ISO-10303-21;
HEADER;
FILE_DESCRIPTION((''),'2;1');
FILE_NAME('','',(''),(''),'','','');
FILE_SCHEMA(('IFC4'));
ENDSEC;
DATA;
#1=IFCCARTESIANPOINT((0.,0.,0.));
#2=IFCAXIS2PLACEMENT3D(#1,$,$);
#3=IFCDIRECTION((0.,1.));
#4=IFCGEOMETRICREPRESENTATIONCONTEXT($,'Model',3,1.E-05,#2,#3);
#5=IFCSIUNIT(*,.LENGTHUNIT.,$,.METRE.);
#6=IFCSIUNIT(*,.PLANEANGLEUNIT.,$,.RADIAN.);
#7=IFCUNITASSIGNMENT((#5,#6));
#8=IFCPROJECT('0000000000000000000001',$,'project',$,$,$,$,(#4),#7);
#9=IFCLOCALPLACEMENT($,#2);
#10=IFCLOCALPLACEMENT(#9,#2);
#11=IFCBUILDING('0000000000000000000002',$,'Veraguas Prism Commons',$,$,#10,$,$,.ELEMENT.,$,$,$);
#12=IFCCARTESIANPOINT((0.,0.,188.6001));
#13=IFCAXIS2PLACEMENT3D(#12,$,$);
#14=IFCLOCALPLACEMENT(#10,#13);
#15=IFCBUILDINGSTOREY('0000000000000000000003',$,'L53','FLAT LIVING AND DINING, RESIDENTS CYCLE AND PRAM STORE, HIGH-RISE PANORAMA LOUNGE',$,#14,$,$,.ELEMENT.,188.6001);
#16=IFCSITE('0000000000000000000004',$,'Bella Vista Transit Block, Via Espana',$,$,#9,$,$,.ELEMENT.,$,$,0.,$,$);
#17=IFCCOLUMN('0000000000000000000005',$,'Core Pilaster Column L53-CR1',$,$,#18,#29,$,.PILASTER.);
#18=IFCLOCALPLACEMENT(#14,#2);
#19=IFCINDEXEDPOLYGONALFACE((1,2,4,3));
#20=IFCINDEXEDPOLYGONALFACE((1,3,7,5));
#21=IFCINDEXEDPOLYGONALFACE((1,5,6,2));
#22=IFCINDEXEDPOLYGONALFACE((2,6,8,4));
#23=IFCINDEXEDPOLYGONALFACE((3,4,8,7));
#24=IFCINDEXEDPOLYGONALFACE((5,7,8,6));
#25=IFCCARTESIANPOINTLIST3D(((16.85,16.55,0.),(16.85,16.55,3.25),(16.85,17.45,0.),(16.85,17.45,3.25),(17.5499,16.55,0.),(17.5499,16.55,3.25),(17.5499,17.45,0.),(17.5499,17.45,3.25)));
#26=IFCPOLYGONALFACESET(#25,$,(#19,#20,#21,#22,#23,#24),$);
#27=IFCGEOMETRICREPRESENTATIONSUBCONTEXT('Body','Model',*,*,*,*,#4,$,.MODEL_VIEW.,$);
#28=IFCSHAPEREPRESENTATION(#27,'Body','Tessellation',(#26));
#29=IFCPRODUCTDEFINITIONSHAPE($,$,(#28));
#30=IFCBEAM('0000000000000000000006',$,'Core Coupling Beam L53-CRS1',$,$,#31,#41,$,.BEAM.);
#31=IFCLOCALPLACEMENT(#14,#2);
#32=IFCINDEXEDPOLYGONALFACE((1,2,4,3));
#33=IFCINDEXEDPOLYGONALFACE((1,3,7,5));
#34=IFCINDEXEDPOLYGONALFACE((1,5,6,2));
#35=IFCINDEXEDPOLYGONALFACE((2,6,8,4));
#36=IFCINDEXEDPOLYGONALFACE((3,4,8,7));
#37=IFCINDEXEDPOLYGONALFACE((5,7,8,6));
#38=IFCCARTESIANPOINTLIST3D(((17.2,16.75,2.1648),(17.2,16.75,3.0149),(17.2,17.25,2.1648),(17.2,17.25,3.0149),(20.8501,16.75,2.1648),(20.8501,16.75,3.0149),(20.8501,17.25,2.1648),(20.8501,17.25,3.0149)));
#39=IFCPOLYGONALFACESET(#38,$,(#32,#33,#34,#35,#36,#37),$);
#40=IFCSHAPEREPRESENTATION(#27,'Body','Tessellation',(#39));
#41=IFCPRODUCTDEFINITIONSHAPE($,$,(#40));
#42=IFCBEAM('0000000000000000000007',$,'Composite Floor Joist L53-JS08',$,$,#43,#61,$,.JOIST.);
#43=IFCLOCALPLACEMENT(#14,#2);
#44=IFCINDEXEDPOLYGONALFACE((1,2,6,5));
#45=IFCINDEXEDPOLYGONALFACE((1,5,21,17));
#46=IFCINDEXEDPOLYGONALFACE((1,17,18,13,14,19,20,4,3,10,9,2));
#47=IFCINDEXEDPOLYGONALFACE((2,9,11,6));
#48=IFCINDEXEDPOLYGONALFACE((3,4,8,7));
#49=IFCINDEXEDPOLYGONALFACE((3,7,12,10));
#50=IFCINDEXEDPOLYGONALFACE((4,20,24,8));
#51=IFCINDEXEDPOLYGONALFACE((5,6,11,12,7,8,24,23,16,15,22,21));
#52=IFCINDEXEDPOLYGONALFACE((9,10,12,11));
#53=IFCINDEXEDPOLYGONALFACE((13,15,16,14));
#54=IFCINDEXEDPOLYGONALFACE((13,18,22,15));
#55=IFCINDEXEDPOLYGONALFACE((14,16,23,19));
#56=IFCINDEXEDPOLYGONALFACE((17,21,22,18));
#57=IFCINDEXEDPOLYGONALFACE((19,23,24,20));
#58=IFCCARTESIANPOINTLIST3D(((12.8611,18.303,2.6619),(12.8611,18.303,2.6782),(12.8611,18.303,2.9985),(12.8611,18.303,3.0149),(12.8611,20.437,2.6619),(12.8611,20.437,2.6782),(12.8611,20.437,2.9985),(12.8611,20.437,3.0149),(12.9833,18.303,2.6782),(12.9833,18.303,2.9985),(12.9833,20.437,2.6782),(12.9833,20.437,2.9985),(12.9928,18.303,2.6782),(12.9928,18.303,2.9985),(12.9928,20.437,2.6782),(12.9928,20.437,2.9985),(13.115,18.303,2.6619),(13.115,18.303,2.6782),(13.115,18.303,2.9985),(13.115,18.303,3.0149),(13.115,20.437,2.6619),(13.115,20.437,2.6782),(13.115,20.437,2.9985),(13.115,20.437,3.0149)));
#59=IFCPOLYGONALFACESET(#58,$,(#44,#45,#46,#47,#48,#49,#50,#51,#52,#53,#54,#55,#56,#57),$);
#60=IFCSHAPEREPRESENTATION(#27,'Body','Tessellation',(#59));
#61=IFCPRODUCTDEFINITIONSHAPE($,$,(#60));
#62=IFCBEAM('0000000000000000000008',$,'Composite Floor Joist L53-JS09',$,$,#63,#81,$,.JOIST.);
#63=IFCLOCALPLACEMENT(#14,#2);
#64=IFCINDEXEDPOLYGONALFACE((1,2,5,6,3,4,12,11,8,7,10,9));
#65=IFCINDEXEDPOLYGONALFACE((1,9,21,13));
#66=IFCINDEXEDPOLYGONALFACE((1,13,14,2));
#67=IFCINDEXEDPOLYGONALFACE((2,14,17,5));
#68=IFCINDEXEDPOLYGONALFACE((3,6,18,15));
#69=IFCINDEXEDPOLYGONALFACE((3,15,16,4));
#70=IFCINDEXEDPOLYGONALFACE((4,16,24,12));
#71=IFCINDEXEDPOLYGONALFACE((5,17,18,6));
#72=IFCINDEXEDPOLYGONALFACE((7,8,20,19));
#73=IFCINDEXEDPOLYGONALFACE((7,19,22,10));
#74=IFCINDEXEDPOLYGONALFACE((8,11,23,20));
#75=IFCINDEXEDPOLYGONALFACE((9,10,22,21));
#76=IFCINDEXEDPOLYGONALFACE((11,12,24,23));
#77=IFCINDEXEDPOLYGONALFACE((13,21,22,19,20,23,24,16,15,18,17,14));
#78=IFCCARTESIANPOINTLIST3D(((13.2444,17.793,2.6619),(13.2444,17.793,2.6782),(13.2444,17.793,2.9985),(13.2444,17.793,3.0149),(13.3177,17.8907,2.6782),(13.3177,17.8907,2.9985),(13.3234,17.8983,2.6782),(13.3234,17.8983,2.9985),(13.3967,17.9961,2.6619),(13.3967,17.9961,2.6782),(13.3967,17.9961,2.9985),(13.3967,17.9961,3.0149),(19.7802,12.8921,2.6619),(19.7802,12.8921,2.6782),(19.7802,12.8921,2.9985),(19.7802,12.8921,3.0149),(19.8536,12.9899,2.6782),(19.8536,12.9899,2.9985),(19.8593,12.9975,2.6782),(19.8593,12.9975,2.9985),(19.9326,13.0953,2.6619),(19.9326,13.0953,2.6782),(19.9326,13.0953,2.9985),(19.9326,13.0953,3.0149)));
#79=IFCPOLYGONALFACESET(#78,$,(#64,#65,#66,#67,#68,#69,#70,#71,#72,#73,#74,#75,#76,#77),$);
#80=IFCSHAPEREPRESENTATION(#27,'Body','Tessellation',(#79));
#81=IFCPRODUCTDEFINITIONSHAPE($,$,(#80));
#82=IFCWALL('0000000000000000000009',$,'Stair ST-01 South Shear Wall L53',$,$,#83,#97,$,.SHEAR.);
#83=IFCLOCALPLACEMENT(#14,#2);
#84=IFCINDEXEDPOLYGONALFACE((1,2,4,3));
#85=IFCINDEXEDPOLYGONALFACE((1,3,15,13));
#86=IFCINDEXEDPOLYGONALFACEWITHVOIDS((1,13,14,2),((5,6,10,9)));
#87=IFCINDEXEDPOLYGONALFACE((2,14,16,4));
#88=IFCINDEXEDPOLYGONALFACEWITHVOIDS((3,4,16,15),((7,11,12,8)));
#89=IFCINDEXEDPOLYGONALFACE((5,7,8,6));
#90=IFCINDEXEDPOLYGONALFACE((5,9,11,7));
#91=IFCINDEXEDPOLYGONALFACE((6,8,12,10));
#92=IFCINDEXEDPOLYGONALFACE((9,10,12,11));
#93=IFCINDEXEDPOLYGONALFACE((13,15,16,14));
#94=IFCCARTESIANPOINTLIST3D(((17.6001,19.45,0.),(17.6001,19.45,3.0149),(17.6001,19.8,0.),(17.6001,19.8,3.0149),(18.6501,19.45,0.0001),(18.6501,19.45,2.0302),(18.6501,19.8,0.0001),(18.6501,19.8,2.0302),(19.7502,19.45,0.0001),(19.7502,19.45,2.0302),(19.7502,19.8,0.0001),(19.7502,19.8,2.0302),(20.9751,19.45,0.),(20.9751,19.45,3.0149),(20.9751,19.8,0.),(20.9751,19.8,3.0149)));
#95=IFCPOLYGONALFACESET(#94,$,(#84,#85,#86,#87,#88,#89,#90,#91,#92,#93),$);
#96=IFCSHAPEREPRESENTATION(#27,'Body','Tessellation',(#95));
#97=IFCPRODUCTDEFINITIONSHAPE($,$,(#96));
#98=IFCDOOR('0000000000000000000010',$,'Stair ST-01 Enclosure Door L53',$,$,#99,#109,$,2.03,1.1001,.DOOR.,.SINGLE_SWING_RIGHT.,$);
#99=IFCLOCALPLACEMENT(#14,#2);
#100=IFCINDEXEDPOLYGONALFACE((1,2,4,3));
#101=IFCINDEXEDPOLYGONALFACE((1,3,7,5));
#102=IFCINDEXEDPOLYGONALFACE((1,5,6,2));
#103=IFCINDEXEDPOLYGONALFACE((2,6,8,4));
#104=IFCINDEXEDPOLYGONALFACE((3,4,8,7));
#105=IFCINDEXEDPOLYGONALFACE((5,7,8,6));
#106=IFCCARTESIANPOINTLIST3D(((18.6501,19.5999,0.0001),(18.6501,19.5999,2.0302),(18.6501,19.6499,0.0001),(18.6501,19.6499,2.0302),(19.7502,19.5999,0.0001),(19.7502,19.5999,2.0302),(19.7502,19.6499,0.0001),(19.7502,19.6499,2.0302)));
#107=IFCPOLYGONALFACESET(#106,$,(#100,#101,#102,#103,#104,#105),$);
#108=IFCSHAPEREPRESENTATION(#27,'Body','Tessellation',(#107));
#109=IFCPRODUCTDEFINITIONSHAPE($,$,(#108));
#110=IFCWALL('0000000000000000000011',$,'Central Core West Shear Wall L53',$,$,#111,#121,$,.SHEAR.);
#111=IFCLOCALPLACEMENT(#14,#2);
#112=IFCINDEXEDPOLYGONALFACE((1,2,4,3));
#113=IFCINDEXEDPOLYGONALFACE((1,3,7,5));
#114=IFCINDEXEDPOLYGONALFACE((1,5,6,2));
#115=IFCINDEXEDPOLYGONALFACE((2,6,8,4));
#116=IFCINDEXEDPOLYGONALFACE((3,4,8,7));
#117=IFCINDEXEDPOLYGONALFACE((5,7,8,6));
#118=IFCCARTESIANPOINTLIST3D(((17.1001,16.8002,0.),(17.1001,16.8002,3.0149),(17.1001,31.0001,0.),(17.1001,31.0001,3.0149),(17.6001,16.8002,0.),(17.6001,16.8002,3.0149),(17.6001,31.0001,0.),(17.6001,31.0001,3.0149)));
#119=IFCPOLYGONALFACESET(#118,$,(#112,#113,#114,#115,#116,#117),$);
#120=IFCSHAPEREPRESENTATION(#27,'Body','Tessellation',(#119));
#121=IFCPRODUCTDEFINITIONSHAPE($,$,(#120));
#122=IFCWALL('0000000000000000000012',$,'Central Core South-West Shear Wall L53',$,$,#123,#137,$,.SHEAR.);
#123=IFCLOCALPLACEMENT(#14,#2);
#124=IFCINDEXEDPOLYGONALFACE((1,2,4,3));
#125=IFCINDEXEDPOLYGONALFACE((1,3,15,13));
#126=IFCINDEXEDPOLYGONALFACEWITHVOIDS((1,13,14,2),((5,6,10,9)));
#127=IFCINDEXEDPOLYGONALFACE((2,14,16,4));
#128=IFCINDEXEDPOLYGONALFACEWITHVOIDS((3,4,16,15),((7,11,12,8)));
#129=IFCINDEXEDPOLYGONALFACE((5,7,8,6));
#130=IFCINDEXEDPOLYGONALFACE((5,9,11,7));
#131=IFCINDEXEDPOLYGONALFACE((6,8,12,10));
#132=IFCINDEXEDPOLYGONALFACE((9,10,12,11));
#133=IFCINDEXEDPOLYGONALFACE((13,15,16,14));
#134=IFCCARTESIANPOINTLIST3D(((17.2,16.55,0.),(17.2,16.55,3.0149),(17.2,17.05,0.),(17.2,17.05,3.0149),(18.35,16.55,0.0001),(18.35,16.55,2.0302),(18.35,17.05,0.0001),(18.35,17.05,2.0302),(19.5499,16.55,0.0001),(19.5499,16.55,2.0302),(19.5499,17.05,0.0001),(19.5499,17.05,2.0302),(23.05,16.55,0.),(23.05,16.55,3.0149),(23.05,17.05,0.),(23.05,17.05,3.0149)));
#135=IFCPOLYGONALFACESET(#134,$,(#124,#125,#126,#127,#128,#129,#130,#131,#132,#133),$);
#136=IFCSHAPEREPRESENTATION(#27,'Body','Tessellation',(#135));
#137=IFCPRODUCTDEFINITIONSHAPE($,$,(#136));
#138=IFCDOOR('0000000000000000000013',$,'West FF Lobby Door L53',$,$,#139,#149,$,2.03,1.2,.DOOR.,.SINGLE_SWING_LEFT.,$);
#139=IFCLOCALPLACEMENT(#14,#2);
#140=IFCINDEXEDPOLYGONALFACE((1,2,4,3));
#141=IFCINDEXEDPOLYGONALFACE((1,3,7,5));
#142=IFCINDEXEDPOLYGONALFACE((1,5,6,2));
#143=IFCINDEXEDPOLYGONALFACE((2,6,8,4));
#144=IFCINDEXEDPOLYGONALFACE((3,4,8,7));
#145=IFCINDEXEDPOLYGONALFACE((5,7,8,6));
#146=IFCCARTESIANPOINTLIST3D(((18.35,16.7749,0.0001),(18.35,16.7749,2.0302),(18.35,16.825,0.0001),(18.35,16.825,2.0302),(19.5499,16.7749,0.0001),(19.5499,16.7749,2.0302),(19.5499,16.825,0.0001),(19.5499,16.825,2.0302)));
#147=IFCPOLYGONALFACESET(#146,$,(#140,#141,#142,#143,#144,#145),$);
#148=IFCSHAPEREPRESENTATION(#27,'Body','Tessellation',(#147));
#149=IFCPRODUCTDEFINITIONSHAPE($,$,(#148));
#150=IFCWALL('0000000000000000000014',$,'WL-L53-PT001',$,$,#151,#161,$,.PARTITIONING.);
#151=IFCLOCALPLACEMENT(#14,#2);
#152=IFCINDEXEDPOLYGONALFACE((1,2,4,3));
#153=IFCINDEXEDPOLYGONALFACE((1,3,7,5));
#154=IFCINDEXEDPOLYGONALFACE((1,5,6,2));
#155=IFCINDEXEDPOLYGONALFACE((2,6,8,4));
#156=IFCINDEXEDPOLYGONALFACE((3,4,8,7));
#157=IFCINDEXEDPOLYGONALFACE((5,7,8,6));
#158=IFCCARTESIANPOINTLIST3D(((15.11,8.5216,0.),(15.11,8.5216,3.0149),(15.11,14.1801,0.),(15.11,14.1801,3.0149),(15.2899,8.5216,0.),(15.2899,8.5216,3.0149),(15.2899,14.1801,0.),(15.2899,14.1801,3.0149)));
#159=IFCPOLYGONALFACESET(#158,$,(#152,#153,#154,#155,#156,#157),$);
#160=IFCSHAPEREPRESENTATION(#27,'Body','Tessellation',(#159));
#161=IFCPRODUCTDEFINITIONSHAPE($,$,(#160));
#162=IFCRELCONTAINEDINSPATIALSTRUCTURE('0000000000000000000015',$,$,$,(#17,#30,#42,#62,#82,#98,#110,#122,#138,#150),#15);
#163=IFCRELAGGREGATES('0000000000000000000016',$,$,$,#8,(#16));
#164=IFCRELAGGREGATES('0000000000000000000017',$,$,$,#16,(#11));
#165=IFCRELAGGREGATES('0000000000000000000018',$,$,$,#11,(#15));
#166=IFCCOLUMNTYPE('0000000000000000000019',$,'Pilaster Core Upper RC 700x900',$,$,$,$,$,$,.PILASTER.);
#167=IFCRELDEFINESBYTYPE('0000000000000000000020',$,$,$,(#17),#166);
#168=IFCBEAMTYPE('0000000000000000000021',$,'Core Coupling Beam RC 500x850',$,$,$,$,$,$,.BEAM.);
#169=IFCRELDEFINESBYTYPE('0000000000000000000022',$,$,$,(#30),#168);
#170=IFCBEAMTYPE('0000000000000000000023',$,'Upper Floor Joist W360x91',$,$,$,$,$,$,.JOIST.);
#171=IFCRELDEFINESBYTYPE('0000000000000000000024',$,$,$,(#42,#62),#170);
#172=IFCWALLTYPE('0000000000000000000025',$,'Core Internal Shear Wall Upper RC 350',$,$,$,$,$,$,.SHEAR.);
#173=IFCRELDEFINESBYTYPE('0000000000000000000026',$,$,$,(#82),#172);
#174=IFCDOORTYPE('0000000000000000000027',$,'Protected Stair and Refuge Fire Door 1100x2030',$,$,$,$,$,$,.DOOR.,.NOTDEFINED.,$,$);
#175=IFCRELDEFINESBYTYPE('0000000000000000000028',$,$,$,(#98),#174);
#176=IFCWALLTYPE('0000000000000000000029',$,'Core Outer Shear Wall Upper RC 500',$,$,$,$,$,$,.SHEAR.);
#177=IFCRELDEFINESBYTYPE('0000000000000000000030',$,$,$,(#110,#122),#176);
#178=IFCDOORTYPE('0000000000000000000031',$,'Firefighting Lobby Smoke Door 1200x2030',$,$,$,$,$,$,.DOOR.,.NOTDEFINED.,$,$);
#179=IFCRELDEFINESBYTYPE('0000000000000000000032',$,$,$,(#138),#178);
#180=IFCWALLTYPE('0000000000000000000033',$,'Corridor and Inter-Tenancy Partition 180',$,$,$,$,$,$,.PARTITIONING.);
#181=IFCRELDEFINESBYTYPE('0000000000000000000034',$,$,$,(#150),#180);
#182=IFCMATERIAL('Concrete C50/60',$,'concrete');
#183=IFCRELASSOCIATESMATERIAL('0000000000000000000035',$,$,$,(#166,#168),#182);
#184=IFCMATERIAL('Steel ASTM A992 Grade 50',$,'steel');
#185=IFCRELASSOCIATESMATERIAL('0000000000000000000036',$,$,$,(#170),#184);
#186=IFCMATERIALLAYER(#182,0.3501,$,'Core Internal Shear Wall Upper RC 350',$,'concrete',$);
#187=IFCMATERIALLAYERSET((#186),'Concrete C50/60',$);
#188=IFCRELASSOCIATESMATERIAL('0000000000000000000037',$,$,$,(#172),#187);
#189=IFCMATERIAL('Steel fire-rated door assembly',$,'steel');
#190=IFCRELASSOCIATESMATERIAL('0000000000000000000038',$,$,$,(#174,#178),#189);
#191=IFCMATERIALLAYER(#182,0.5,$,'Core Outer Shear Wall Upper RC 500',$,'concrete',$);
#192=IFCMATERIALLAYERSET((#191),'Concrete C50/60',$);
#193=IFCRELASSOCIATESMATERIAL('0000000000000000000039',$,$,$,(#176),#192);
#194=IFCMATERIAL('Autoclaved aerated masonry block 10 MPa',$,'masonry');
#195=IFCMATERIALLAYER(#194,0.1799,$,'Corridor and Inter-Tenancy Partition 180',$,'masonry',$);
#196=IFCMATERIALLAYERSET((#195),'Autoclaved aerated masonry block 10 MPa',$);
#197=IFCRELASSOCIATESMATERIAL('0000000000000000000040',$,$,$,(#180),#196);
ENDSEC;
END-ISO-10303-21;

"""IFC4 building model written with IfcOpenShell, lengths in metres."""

from ifc_helpers import new_model, si_unit, direction, frame, frame_2d, origin, origin_2d, place, context, subcontext, project, spatial, rectangle, i_section, extrude, source, transform, mapped, material, layer, layer_set, material_profile, profile_set, type_object, element, fill, save


model = new_model("IFC4")

# Units and contexts
model_context = context("Model", 3, precision=1e-05, world=origin(), true_north=direction((0.0, 1.0)))
body_context = subcontext(model_context, "Body", "Model", "MODEL_VIEW")
ifc_project = project(units=[si_unit("LENGTHUNIT", "METRE"), si_unit("PLANEANGLEUNIT", "RADIAN")], contexts=[model_context])

# Site, building, storey
site_placement = place(None, origin())
site = spatial("IfcSite", under=ifc_project, at=site_placement, Name="Bella Vista Transit Block, Via Espana", CompositionType="ELEMENT", RefElevation=0.0)
building_placement = place(site_placement, origin())
building = spatial("IfcBuilding", under=site, at=building_placement, Name="Veraguas Prism Commons", CompositionType="ELEMENT")
storey_placement = place(building_placement, frame((0.0, 0.0, 188.6001)))
storey = spatial("IfcBuildingStorey", under=building, at=storey_placement, Name="L53", Description="FLAT LIVING AND DINING, RESIDENTS CYCLE AND PRAM STORE, HIGH-RISE PANORAMA LOUNGE", CompositionType="ELEMENT", Elevation=188.6001)

# Column
ifc_material_1 = material(Name="Concrete C50/60", Category="concrete")
ifc_material_profile_1 = material_profile(ifc_material_1, rectangle(XDim=0.7, YDim=0.8999, at=origin_2d()), Name="RC700X900")
ifc_profile_set_1 = profile_set([ifc_material_profile_1], Name="Concrete C50/60")
column_type = type_object("IfcColumnType", Name="Pilaster Core Upper RC 700x900", PredefinedType="PILASTER", material=ifc_profile_set_1)
column_placement = place(storey_placement, frame((17.2, 17.0, 0.0), z_axis=(0.0, 0.0, 1.0), x_axis=(1.0, 0.0, 0.0)))
element("IfcColumn", 1, at=column_placement, inside=storey, type_object=column_type, Name="Core Pilaster Column L53-CR1", PredefinedType="PILASTER", context=body_context, shape_type="SweptSolid", body=[
    extrude(rectangle(XDim=0.7, YDim=0.8999, at=origin_2d()), origin(), (0.0, 0.0, 1.0), 3.25),
])

# Beams
ifc_material_profile_2 = material_profile(ifc_material_1, rectangle(XDim=0.5, YDim=0.8501, at=origin_2d()), Name="RC500X850")
ifc_profile_set_2 = profile_set([ifc_material_profile_2], Name="Concrete C50/60")
beam_type_1 = type_object("IfcBeamType", Name="Core Coupling Beam RC 500x850", PredefinedType="BEAM", material=ifc_profile_set_2)
beam_1_placement = place(storey_placement, frame((17.2, 17.0, 2.5898), z_axis=(1.0, 0.0, 0.0), x_axis=(0.0, 1.0, 0.0)))
element("IfcBeam", 2, at=beam_1_placement, inside=storey, type_object=beam_type_1, Name="Core Coupling Beam L53-CRS1", PredefinedType="BEAM", context=body_context, shape_type="SweptSolid", body=[
    extrude(rectangle(XDim=0.5, YDim=0.8501, at=origin_2d()), origin(), (0.0, 0.0, 1.0), 3.6501),
])
ifc_material_2 = material(Name="Steel ASTM A992 Grade 50", Category="steel")
ifc_material_profile_3 = material_profile(ifc_material_2, i_section(OverallWidth=0.2539, OverallDepth=0.353, WebThickness=0.0095, FlangeThickness=0.0164, at=origin_2d()), Name="W360X91")
ifc_profile_set_3 = profile_set([ifc_material_profile_3], Name="Steel ASTM A992 Grade 50")
beam_type_2 = type_object("IfcBeamType", Name="Upper Floor Joist W360x91", PredefinedType="JOIST", material=ifc_profile_set_3)
beam_2_placement = place(storey_placement, frame((12.988, 20.437, 2.8384), z_axis=(0.0, -1.0, 0.0), x_axis=(1.0, 0.0, 0.0)))
element("IfcBeam", 3, at=beam_2_placement, inside=storey, type_object=beam_type_2, Name="Composite Floor Joist L53-JS08", PredefinedType="JOIST", context=body_context, shape_type="SweptSolid", body=[
    extrude(i_section(OverallWidth=0.2539, OverallDepth=0.353, WebThickness=0.0095, FlangeThickness=0.0164, at=origin_2d()), origin(), (0.0, 0.0, 1.0), 2.134),
])
beam_3_placement = place(storey_placement, frame((13.3206, 17.8945, 2.8384), z_axis=(0.800061, -0.599919, 0.0), x_axis=(0.599919, 0.800061, 0.0)))
element("IfcBeam", 4, at=beam_3_placement, inside=storey, type_object=beam_type_2, Name="Composite Floor Joist L53-JS09", PredefinedType="JOIST", context=body_context, shape_type="SweptSolid", body=[
    extrude(i_section(OverallWidth=0.2539, OverallDepth=0.353, WebThickness=0.0095, FlangeThickness=0.0164, at=origin_2d()), origin(), (0.0, 0.0, 1.0), 8.1692),
])

# Wall, opening, door
ifc_layer_1 = layer(ifc_material_1, 0.3501, Name="Core Internal Shear Wall Upper RC 350", Category="concrete")
ifc_layer_set_1 = layer_set([ifc_layer_1], Name="Concrete C50/60")
wall_type_1 = type_object("IfcWallType", Name="Core Internal Shear Wall Upper RC 350", PredefinedType="SHEAR", material=ifc_layer_set_1)
wall_1_placement = place(storey_placement, frame((17.6001, 19.625, 0.0), z_axis=(0.0, 0.0, 1.0), x_axis=(1.0, 0.0, 0.0)))
wall_1 = element("IfcWall", 5, at=wall_1_placement, inside=storey, type_object=wall_type_1, Name="Stair ST-01 South Shear Wall L53", PredefinedType="SHEAR", context=body_context, shape_type="SweptSolid", body=[
    extrude(rectangle(XDim=3.375, YDim=0.3501, at=frame_2d((1.6875, 0.0))), origin(), (0.0, 0.0, 1.0), 3.0149),
])
opening_1_placement = place(wall_1_placement, frame((1.05, 0.0, 0.0)))
opening_1 = element("IfcOpeningElement", 6, at=opening_1_placement, cuts=wall_1, PredefinedType="OPENING", context=body_context, shape_type="SweptSolid", body=[
    extrude(rectangle(XDim=1.1001, YDim=2.03, at=frame_2d((0.55, 1.0151))), frame((0.0, 0.1851, 0.0), z_axis=(0.0, -1.0, 0.0), x_axis=(1.0, 0.0, 0.0)), (0.0, 0.0, 1.0), 0.3701),
])
ifc_material_3 = material(Name="Steel fire-rated door assembly", Category="steel")
door_type_1 = type_object("IfcDoorType", Name="Protected Stair and Refuge Fire Door 1100x2030", OperationType="NOTDEFINED", PredefinedType="DOOR", material=ifc_material_3)
shared_shape_1 = source(origin(), body_context, "Body", "SweptSolid", [
    extrude(rectangle(XDim=1.1001, YDim=2.03, at=frame_2d((0.55, 1.0151))), frame((0.0, 0.0249, 0.0), z_axis=(0.0, -1.0, 0.0), x_axis=(1.0, 0.0, 0.0)), (0.0, 0.0, 1.0), 0.05),
])
door_1_placement = place(opening_1_placement, origin())
door_1 = element("IfcDoor", 7, at=door_1_placement, inside=storey, type_object=door_type_1, Name="Stair ST-01 Enclosure Door L53", OperationType="SINGLE_SWING_RIGHT", OverallHeight=2.03, OverallWidth=1.1001, PredefinedType="DOOR", context=body_context, shape_type="MappedRepresentation", body=[
    mapped(shared_shape_1, transform((0.0, 0.0, 0.0), scale=1.0)),
])
fill(opening_1, door_1)

# Wall
ifc_layer_2 = layer(ifc_material_1, 0.5, Name="Core Outer Shear Wall Upper RC 500", Category="concrete")
ifc_layer_set_2 = layer_set([ifc_layer_2], Name="Concrete C50/60")
wall_type_2 = type_object("IfcWallType", Name="Core Outer Shear Wall Upper RC 500", PredefinedType="SHEAR", material=ifc_layer_set_2)
wall_2_placement = place(storey_placement, frame((17.3501, 16.8, 0.0), z_axis=(0.0, 0.0, 1.0), x_axis=(0.0, 1.0, 0.0)))
element("IfcWall", 8, at=wall_2_placement, inside=storey, type_object=wall_type_2, Name="Central Core West Shear Wall L53", PredefinedType="SHEAR", context=body_context, shape_type="SweptSolid", body=[
    extrude(rectangle(XDim=14.2, YDim=0.5, at=frame_2d((7.1001, 0.0))), origin(), (0.0, 0.0, 1.0), 3.0149),
])

# Wall, opening, door
wall_3_placement = place(storey_placement, frame((17.2, 16.8, 0.0), z_axis=(0.0, 0.0, 1.0), x_axis=(1.0, 0.0, 0.0)))
wall_3 = element("IfcWall", 9, at=wall_3_placement, inside=storey, type_object=wall_type_2, Name="Central Core South-West Shear Wall L53", PredefinedType="SHEAR", context=body_context, shape_type="SweptSolid", body=[
    extrude(rectangle(XDim=5.8501, YDim=0.5, at=frame_2d((2.925, 0.0))), origin(), (0.0, 0.0, 1.0), 3.0149),
])
opening_2_placement = place(wall_3_placement, frame((1.1499, 0.0, 0.0)))
opening_2 = element("IfcOpeningElement", 10, at=opening_2_placement, cuts=wall_3, PredefinedType="OPENING", context=body_context, shape_type="SweptSolid", body=[
    extrude(rectangle(XDim=1.2, YDim=2.03, at=frame_2d((0.6001, 1.0151))), frame((0.0, 0.26, 0.0), z_axis=(0.0, -1.0, 0.0), x_axis=(1.0, 0.0, 0.0)), (0.0, 0.0, 1.0), 0.52),
])
door_type_2 = type_object("IfcDoorType", Name="Firefighting Lobby Smoke Door 1200x2030", OperationType="NOTDEFINED", PredefinedType="DOOR", material=ifc_material_3)
shared_shape_2 = source(origin(), body_context, "Body", "SweptSolid", [
    extrude(rectangle(XDim=1.2, YDim=2.03, at=frame_2d((0.6001, 1.0151))), frame((0.0, 0.0249, 0.0), z_axis=(0.0, -1.0, 0.0), x_axis=(1.0, 0.0, 0.0)), (0.0, 0.0, 1.0), 0.05),
])
door_2_placement = place(opening_2_placement, origin())
door_2 = element("IfcDoor", 11, at=door_2_placement, inside=storey, type_object=door_type_2, Name="West FF Lobby Door L53", OperationType="SINGLE_SWING_LEFT", OverallHeight=2.03, OverallWidth=1.2, PredefinedType="DOOR", context=body_context, shape_type="MappedRepresentation", body=[
    mapped(shared_shape_2, transform((0.0, 0.0, 0.0), scale=1.0)),
])
fill(opening_2, door_2)

# Wall
ifc_material_4 = material(Name="Autoclaved aerated masonry block 10 MPa", Category="masonry")
ifc_layer_3 = layer(ifc_material_4, 0.1799, Name="Corridor and Inter-Tenancy Partition 180", Category="masonry")
ifc_layer_set_3 = layer_set([ifc_layer_3], Name="Autoclaved aerated masonry block 10 MPa")
wall_type_3 = type_object("IfcWallType", Name="Corridor and Inter-Tenancy Partition 180", PredefinedType="PARTITIONING", material=ifc_layer_set_3)
wall_4_placement = place(storey_placement, frame((15.2, 14.1799, 0.0), z_axis=(0.0, 0.0, 1.0), x_axis=(0.0, -1.0, 0.0)))
element("IfcWall", 12, at=wall_4_placement, inside=storey, type_object=wall_type_3, Name="WL-L53-PT001", PredefinedType="PARTITIONING", context=body_context, shape_type="SweptSolid", body=[
    extrude(rectangle(XDim=5.6584, YDim=0.1799, at=frame_2d((2.8291, 0.0))), origin(), (0.0, 0.0, 1.0), 3.0149),
])

save(model, "model.ifc")
